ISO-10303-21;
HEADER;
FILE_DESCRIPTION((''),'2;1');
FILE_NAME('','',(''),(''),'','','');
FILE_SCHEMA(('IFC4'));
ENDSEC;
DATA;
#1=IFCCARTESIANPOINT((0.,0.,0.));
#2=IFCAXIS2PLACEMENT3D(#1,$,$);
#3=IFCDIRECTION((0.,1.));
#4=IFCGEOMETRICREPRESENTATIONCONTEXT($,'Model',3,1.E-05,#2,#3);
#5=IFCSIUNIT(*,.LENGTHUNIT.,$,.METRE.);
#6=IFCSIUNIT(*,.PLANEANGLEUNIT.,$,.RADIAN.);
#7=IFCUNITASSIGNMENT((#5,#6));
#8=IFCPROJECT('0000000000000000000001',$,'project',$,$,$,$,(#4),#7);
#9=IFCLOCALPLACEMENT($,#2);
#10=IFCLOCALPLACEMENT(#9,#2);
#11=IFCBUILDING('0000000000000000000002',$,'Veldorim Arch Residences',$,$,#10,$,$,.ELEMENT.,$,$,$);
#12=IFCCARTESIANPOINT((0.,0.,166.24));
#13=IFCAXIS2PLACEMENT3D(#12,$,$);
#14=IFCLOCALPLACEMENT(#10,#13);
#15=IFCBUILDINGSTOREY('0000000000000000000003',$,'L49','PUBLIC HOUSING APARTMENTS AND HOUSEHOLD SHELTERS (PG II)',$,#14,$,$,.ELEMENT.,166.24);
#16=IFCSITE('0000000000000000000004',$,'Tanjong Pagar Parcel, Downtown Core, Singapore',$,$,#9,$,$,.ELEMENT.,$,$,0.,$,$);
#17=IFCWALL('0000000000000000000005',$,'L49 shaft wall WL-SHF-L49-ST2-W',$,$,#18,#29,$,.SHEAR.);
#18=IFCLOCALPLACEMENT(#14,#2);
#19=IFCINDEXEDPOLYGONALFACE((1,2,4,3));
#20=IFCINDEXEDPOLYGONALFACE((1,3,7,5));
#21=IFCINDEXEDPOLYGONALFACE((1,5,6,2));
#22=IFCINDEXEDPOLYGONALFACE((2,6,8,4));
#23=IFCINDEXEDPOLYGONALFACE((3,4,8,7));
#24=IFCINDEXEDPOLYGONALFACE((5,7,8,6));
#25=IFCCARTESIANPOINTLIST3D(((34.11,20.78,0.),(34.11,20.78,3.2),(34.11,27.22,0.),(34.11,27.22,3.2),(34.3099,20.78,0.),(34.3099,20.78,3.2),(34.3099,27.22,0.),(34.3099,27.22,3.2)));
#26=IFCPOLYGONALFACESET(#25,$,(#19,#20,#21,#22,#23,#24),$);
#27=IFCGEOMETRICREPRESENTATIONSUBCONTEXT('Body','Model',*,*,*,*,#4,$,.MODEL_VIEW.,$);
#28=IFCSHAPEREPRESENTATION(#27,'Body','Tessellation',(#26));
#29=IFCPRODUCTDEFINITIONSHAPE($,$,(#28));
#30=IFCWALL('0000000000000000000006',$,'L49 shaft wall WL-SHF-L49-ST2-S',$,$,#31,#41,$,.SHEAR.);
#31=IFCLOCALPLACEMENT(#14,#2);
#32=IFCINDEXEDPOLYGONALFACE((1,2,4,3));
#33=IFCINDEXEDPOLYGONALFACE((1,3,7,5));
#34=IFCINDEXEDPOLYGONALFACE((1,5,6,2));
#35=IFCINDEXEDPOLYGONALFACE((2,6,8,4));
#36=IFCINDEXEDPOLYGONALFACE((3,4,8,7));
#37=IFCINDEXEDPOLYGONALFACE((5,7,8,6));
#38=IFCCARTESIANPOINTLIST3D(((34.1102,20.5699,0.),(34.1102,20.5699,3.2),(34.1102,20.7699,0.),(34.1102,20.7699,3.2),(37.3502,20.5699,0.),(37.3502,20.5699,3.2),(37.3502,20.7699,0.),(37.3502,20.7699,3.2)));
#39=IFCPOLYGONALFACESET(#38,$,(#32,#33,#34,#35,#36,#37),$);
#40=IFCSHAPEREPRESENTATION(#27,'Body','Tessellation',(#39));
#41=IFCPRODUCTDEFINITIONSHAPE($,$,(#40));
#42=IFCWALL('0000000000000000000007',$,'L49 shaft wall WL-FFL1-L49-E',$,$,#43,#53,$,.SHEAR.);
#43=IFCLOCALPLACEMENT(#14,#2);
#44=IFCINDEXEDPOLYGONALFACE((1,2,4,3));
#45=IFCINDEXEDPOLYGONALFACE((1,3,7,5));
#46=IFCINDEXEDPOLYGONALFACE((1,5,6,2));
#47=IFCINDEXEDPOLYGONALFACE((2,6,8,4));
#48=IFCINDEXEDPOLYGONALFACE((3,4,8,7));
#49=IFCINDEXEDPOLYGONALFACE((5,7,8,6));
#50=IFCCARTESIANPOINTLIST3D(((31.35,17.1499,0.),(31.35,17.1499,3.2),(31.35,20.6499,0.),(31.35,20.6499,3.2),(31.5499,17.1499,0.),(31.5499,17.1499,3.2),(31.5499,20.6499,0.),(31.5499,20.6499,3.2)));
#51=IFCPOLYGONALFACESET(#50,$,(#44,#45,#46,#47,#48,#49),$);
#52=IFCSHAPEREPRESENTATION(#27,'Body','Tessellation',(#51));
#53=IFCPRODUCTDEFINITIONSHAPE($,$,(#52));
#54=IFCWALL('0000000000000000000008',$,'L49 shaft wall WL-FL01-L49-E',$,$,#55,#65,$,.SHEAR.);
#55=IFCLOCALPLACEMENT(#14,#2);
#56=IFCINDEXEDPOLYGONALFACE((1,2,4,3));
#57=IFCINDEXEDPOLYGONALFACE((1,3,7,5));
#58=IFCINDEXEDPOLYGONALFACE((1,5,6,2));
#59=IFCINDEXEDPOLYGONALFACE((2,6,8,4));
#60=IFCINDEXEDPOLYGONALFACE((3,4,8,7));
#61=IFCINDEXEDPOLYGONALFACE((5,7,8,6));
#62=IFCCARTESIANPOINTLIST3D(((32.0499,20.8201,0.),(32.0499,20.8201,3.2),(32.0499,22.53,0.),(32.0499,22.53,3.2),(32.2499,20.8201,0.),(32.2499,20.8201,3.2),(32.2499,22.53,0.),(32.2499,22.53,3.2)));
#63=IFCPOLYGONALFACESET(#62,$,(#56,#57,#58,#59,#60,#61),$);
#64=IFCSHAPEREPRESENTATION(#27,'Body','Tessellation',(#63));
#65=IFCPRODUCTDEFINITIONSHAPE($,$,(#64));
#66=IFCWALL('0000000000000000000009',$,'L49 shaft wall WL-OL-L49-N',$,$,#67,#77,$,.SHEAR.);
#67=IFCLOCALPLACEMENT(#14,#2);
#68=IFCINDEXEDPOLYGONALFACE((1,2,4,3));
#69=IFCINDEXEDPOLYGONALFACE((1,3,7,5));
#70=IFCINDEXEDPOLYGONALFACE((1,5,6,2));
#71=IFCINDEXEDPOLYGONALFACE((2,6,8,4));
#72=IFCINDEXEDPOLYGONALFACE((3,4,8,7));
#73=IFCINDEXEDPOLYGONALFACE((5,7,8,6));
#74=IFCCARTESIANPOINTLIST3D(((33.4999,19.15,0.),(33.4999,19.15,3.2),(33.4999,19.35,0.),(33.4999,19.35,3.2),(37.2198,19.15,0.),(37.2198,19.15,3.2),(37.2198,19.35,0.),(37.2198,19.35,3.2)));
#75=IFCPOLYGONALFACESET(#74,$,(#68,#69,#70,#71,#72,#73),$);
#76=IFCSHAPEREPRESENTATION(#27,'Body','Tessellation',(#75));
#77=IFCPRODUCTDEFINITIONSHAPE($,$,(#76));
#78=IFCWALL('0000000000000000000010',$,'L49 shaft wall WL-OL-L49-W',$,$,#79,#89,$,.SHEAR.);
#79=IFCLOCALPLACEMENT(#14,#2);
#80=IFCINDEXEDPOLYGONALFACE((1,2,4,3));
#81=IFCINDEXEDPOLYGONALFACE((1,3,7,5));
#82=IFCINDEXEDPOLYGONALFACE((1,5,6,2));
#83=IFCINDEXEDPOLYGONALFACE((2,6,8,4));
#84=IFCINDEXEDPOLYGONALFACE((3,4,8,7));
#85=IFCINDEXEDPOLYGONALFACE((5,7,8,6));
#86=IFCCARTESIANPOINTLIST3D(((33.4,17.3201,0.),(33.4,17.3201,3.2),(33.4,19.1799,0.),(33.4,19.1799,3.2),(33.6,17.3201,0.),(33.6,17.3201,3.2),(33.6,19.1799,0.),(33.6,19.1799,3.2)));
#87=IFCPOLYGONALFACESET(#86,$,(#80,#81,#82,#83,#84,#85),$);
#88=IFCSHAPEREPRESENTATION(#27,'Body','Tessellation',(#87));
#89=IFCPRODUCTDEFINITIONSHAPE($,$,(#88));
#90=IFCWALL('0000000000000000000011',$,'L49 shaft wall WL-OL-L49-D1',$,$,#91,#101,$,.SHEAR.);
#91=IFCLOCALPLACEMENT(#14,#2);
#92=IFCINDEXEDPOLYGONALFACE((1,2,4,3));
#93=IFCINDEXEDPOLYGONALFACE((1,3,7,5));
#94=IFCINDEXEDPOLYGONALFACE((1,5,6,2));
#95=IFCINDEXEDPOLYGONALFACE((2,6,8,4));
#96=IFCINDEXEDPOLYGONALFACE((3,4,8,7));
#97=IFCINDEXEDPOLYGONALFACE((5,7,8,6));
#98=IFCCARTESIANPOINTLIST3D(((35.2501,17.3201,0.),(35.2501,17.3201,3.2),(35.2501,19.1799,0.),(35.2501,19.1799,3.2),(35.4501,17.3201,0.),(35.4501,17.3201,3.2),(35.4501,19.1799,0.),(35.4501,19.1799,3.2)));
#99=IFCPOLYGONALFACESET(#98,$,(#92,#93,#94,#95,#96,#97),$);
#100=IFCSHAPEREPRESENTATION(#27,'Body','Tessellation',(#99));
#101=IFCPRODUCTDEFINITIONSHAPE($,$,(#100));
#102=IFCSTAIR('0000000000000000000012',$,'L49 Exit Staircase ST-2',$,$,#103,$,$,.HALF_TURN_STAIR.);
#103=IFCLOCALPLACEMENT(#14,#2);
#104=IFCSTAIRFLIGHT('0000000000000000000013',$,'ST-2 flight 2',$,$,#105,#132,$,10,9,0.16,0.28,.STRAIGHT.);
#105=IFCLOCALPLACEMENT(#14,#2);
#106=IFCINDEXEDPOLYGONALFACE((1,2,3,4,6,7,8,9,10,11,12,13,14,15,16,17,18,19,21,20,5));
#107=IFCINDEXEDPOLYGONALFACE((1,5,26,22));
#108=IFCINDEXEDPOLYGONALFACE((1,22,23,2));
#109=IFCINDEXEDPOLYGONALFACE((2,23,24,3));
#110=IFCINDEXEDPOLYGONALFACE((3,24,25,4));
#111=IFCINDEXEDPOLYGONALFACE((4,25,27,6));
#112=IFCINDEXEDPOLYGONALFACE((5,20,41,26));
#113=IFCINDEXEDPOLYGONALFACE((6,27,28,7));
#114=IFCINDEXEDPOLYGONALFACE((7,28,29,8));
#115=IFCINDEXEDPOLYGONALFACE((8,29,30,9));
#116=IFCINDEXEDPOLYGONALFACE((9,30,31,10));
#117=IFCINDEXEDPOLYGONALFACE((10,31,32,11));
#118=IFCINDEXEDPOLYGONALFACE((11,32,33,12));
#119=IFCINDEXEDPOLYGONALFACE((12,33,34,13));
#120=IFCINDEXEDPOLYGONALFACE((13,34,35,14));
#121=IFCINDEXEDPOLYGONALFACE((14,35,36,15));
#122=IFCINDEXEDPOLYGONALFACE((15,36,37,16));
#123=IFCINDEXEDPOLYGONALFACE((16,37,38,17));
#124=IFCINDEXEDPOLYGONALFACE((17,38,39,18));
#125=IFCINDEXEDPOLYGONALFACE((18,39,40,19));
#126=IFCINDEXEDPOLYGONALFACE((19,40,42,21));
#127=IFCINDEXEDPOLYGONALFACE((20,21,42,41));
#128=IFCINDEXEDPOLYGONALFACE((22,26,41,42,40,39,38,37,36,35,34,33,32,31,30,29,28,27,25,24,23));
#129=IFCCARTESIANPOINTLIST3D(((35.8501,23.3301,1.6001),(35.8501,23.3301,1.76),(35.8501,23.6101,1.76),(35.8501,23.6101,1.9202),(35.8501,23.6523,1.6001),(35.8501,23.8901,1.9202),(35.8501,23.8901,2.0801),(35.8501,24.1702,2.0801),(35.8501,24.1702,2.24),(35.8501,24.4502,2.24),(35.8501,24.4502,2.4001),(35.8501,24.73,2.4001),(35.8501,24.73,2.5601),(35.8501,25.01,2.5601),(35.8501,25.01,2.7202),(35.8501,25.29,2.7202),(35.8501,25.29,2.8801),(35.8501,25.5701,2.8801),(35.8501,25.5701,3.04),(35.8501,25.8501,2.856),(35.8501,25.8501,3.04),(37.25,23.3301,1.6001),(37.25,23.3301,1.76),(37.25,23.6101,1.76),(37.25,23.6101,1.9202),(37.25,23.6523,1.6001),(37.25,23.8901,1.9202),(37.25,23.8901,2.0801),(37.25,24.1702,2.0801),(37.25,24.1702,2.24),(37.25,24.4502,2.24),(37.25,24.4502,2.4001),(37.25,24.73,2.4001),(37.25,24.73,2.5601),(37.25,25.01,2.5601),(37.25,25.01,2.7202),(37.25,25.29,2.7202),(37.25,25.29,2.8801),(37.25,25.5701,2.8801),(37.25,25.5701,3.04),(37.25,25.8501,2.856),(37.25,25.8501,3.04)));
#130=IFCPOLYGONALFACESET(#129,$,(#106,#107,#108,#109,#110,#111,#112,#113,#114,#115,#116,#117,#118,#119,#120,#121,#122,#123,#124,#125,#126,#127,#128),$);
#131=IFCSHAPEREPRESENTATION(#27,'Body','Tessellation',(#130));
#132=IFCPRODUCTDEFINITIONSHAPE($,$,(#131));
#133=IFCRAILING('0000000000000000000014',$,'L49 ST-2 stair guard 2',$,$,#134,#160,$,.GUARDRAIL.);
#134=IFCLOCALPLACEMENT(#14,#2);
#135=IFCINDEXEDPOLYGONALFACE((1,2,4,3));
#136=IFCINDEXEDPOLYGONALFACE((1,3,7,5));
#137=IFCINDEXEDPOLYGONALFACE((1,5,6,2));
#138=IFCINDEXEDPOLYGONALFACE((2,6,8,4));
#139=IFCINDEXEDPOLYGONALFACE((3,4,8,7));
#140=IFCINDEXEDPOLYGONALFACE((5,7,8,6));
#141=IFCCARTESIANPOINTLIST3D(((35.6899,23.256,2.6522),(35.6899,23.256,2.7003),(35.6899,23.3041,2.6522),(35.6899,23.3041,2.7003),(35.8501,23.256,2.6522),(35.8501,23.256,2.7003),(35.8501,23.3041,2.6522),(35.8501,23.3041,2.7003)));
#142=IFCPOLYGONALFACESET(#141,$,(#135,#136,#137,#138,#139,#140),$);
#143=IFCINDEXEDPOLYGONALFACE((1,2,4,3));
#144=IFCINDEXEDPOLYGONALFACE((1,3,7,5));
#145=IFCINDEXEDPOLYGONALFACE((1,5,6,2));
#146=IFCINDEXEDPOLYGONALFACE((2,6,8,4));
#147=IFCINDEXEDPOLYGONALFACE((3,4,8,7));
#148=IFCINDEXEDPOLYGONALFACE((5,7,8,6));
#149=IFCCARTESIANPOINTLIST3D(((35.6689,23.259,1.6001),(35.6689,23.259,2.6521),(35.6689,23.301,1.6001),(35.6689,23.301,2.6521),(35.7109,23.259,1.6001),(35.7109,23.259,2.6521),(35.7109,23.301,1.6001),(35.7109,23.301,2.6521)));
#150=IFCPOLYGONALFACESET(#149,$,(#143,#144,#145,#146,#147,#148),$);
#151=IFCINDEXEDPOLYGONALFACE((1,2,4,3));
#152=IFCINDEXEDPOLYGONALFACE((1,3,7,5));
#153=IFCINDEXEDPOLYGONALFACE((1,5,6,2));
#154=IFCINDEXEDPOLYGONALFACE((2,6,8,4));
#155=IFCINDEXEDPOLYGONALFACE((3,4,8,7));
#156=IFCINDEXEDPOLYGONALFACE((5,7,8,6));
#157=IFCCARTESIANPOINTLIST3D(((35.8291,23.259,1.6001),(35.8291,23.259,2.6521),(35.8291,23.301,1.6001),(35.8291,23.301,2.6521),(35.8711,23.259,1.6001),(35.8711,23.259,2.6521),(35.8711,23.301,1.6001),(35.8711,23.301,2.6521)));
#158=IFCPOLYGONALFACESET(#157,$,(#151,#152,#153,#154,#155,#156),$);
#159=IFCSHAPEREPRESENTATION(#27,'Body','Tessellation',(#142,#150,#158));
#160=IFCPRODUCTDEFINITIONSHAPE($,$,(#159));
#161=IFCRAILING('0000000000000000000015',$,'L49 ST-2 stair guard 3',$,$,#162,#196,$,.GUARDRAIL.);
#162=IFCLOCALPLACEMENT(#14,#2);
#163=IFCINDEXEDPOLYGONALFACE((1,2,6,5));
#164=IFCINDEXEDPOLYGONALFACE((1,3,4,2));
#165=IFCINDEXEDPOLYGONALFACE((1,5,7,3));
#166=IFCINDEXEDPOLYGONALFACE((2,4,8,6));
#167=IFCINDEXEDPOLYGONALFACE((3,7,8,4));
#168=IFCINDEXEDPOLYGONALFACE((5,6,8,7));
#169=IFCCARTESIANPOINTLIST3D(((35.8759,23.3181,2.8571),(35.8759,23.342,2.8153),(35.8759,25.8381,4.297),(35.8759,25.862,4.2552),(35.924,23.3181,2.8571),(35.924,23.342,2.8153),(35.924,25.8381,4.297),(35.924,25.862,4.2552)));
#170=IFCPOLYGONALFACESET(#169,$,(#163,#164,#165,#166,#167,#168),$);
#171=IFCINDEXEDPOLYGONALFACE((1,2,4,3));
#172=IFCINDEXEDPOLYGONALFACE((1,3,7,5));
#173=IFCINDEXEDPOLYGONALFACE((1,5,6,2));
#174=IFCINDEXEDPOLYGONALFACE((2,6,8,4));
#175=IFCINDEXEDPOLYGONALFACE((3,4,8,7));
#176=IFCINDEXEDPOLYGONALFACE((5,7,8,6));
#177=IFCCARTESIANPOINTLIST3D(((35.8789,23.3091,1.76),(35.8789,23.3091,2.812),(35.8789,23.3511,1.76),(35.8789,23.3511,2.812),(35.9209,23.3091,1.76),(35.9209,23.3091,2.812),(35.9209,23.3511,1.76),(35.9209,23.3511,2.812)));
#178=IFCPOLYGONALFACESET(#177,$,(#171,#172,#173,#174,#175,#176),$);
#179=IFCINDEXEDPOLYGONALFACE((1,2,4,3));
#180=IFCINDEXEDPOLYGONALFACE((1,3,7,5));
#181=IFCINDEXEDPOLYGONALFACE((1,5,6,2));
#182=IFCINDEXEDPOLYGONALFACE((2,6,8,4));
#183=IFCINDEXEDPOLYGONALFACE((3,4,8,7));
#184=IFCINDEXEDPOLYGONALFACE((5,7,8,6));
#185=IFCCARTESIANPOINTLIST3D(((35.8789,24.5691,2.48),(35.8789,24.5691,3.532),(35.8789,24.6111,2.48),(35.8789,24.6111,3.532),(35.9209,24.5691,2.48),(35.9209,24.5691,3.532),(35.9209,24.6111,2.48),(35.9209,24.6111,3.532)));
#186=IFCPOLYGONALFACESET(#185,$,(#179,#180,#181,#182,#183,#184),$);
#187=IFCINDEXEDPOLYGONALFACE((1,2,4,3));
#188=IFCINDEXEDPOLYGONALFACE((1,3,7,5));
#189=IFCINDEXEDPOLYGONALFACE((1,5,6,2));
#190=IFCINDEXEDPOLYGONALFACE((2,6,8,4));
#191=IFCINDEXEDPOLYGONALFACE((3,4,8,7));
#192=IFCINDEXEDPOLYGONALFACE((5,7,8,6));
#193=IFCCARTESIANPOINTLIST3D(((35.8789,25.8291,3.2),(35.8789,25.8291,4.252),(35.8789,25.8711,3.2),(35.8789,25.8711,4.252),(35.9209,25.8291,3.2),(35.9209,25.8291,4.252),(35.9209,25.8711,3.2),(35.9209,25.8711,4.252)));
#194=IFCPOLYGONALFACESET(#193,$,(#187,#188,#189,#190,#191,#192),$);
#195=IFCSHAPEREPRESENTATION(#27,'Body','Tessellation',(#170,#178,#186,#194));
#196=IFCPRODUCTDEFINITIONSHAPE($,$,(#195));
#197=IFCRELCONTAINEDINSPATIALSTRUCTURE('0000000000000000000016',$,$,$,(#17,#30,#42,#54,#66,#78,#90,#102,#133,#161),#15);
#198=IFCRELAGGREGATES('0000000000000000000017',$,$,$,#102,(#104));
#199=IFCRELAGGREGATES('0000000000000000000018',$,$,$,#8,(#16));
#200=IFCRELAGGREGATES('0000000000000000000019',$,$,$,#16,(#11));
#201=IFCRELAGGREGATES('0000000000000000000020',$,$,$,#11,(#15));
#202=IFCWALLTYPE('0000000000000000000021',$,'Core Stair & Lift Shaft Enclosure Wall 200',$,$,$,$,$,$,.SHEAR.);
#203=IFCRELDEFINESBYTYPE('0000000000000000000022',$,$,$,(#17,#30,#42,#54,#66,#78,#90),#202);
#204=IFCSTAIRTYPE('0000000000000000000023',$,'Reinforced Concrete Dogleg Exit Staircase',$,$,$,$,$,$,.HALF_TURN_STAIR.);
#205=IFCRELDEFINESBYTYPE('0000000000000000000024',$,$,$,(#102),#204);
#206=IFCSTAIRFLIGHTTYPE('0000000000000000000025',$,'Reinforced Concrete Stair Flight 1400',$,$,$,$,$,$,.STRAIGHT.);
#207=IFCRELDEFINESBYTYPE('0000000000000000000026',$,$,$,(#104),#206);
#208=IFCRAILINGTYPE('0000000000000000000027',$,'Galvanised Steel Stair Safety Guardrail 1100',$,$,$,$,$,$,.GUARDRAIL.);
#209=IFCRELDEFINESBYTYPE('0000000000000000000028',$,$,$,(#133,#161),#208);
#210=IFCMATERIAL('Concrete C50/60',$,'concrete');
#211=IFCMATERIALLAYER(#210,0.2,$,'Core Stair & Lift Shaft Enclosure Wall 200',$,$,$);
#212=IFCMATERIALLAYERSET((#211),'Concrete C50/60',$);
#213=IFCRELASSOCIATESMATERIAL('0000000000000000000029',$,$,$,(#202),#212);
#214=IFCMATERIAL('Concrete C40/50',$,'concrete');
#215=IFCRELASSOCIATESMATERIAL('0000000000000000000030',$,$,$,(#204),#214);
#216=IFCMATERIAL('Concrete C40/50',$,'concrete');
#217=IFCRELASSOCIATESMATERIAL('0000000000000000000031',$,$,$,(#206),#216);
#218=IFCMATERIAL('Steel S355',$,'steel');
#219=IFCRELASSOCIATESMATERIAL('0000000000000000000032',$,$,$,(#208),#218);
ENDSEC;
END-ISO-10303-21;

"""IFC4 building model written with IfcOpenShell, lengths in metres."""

from ifc_helpers import new_model, si_unit, direction, frame, frame_2d, origin, origin_2d, place, context, subcontext, project, spatial, polyline, rectangle, outline, extrude, material, layer, layer_set, type_object, element, aggregate, save


model = new_model("IFC4")

# Units and contexts
model_context = context("Model", 3, precision=1e-05, world=origin(), true_north=direction((0.0, 1.0)))
body_context = subcontext(model_context, "Body", "Model", "MODEL_VIEW")
ifc_project = project(units=[si_unit("LENGTHUNIT", "METRE"), si_unit("PLANEANGLEUNIT", "RADIAN")], contexts=[model_context])

# Site, building, storey
site_placement = place(None, origin())
site = spatial("IfcSite", under=ifc_project, at=site_placement, Name="Tanjong Pagar Parcel, Downtown Core, Singapore", CompositionType="ELEMENT", RefElevation=0.0)
building_placement = place(site_placement, origin())
building = spatial("IfcBuilding", under=site, at=building_placement, Name="Veldorim Arch Residences", CompositionType="ELEMENT")
storey_placement = place(building_placement, frame((0.0, 0.0, 166.24)))
storey = spatial("IfcBuildingStorey", under=building, at=storey_placement, Name="L49", Description="PUBLIC HOUSING APARTMENTS AND HOUSEHOLD SHELTERS (PG II)", CompositionType="ELEMENT", Elevation=166.24)

# Walls
ifc_material_1 = material(Name="Concrete C50/60", Category="concrete")
ifc_layer_1 = layer(ifc_material_1, 0.2, Name="Core Stair & Lift Shaft Enclosure Wall 200")
ifc_layer_set_1 = layer_set([ifc_layer_1], Name="Concrete C50/60")
wall_type_1 = type_object("IfcWallType", Name="Core Stair & Lift Shaft Enclosure Wall 200", PredefinedType="SHEAR", material=ifc_layer_set_1)
wall_1_placement = place(storey_placement, frame((34.21, 20.78, 0.0), z_axis=(0.0, 0.0, 1.0), x_axis=(0.0, 1.0, 0.0)))
element("IfcWall", 1, at=wall_1_placement, inside=storey, type_object=wall_type_1, Name="L49 shaft wall WL-SHF-L49-ST2-W", PredefinedType="SHEAR", context=body_context, shape_type="SweptSolid", body=[
    extrude(rectangle(XDim=6.4399, YDim=0.2, at=frame_2d((3.22, 0.0))), origin(), (0.0, 0.0, 1.0), 3.2),
])
wall_2_placement = place(storey_placement, frame((34.1101, 20.6699, 0.0), z_axis=(0.0, 0.0, 1.0), x_axis=(1.0, 0.0, 0.0)))
element("IfcWall", 2, at=wall_2_placement, inside=storey, type_object=wall_type_1, Name="L49 shaft wall WL-SHF-L49-ST2-S", PredefinedType="SHEAR", context=body_context, shape_type="SweptSolid", body=[
    extrude(rectangle(XDim=3.24, YDim=0.2, at=frame_2d((1.6201, 0.0))), origin(), (0.0, 0.0, 1.0), 3.2),
])
wall_3_placement = place(storey_placement, frame((31.45, 17.1499, 0.0), z_axis=(0.0, 0.0, 1.0), x_axis=(0.0, 1.0, 0.0)))
element("IfcWall", 3, at=wall_3_placement, inside=storey, type_object=wall_type_1, Name="L49 shaft wall WL-FFL1-L49-E", PredefinedType="SHEAR", context=body_context, shape_type="SweptSolid", body=[
    extrude(rectangle(XDim=3.5, YDim=0.2, at=frame_2d((1.75, 0.0))), origin(), (0.0, 0.0, 1.0), 3.2),
])
wall_4_placement = place(storey_placement, frame((32.1499, 20.8201, 0.0), z_axis=(0.0, 0.0, 1.0), x_axis=(0.0, 1.0, 0.0)))
element("IfcWall", 4, at=wall_4_placement, inside=storey, type_object=wall_type_1, Name="L49 shaft wall WL-FL01-L49-E", PredefinedType="SHEAR", context=body_context, shape_type="SweptSolid", body=[
    extrude(rectangle(XDim=1.71, YDim=0.2, at=frame_2d((0.855, 0.0))), origin(), (0.0, 0.0, 1.0), 3.2),
])
wall_5_placement = place(storey_placement, frame((33.5, 19.25, 0.0), z_axis=(0.0, 0.0, 1.0), x_axis=(1.0, 0.0, 0.0)))
element("IfcWall", 5, at=wall_5_placement, inside=storey, type_object=wall_type_1, Name="L49 shaft wall WL-OL-L49-N", PredefinedType="SHEAR", context=body_context, shape_type="SweptSolid", body=[
    extrude(rectangle(XDim=3.72, YDim=0.2, at=frame_2d((1.8599, 0.0))), origin(), (0.0, 0.0, 1.0), 3.2),
])
for number, where, z_axis, x_axis, name in (
    (6, (33.5, 17.3201, 0.0), (0.0, 0.0, 1.0), (0.0, 1.0, 0.0), "L49 shaft wall WL-OL-L49-W"),
    (7, (35.3501, 17.3201, 0.0), (0.0, 0.0, 1.0), (0.0, 1.0, 0.0), "L49 shaft wall WL-OL-L49-D1"),
):
    element("IfcWall", number, at=place(storey_placement, frame(where, z_axis=z_axis, x_axis=x_axis)), inside=storey, type_object=wall_type_1, Name=name, PredefinedType="SHEAR", context=body_context, shape_type="SweptSolid", body=[
        extrude(rectangle(XDim=1.8599, YDim=0.2, at=frame_2d((0.9299, 0.0))), origin(), (0.0, 0.0, 1.0), 3.2),
    ])

# Stair, stair flight
ifc_material_2 = material(Name="Concrete C40/50", Category="concrete")
stair_type = type_object("IfcStairType", Name="Reinforced Concrete Dogleg Exit Staircase", PredefinedType="HALF_TURN_STAIR", material=ifc_material_2)
stair_placement = place(storey_placement, origin())
stair = element("IfcStair", 8, at=stair_placement, inside=storey, type_object=stair_type, Name="L49 Exit Staircase ST-2", PredefinedType="HALF_TURN_STAIR")
ifc_material_3 = material(Name="Concrete C40/50", Category="concrete")
stair_flight_type = type_object("IfcStairFlightType", Name="Reinforced Concrete Stair Flight 1400", PredefinedType="STRAIGHT", material=ifc_material_3)
stair_flight_placement = place(storey_placement, frame((36.55, 23.3301, 1.6001), z_axis=(0.0, 0.0, 1.0), x_axis=(0.0, 1.0, 0.0)))
stair_flight = element("IfcStairFlight", 9, at=stair_flight_placement, type_object=stair_flight_type, Name="ST-2 flight 2", NumberOfRisers=10, NumberOfTreads=9, PredefinedType="STRAIGHT", RiserHeight=0.16, TreadLength=0.28, context=body_context, shape_type="SweptSolid", body=[
    extrude(outline(polyline([(0.0, 0.0), (0.0, 0.1599), (0.28, 0.1599), (0.28, 0.3201), (0.5601, 0.3201), (0.5601, 0.48), (0.8401, 0.48), (0.8401, 0.6399), (1.1201, 0.6399), (1.1201, 0.8), (1.3999, 0.8), (1.3999, 0.96), (1.6799, 0.96), (1.6799, 1.1201), (1.96, 1.1201), (1.96, 1.28), (2.24, 1.28), (2.24, 1.4399), (2.52, 1.4399), (2.52, 1.6001), (2.52, 1.2559), (0.3223, 0.0), (0.0, 0.0)])), frame((0.0, 0.7, 0.0), z_axis=(0.0, -1.0, 0.0), x_axis=(1.0, 0.0, 0.0)), (0.0, 0.0, 1.0), 1.3999),
])
aggregate(stair, [stair_flight])

# Railings
ifc_material_4 = material(Name="Steel S355", Category="steel")
railing_type_1 = type_object("IfcRailingType", Name="Galvanised Steel Stair Safety Guardrail 1100", PredefinedType="GUARDRAIL", material=ifc_material_4)
railing_1_placement = place(storey_placement, frame((35.6899, 23.28, 1.6001)))
element("IfcRailing", 10, at=railing_1_placement, inside=storey, type_object=railing_type_1, Name="L49 ST-2 stair guard 2", PredefinedType="GUARDRAIL", context=body_context, shape_type="SweptSolid", body=[
    extrude(rectangle(XDim=0.0481, YDim=0.0481, at=origin_2d()), frame((0.0, 0.0, 1.0762), z_axis=(1.0, 0.0, 0.0), x_axis=(0.0, 1.0, 0.0)), (0.0, 0.0, 1.0), 0.1602),
    extrude(rectangle(XDim=0.042, YDim=0.042, at=origin_2d()), origin(), (0.0, 0.0, 1.0), 1.052),
    extrude(rectangle(XDim=0.042, YDim=0.042, at=origin_2d()), frame((0.1602, 0.0, 0.0)), (0.0, 0.0, 1.0), 1.052),
])
railing_2_placement = place(storey_placement, frame((35.8999, 23.3301, 1.76)))
element("IfcRailing", 11, at=railing_2_placement, inside=storey, type_object=railing_type_1, Name="L49 ST-2 stair guard 3", PredefinedType="GUARDRAIL", context=body_context, shape_type="SweptSolid", body=[
    extrude(rectangle(XDim=0.0481, YDim=0.0481, at=origin_2d()), frame((0.0, 0.0, 1.0762), z_axis=(0.0, 0.868253, 0.496121), x_axis=(-1.0, 0.0, 0.0)), (0.0, 0.0, 1.0), 2.9023),
    extrude(rectangle(XDim=0.042, YDim=0.042, at=origin_2d()), origin(), (0.0, 0.0, 1.0), 1.052),
    extrude(rectangle(XDim=0.042, YDim=0.042, at=origin_2d()), frame((0.0, 1.26, 0.72)), (0.0, 0.0, 1.0), 1.052),
    extrude(rectangle(XDim=0.042, YDim=0.042, at=origin_2d()), frame((0.0, 2.52, 1.4399)), (0.0, 0.0, 1.0), 1.052),
])

save(model, "model.ifc")
